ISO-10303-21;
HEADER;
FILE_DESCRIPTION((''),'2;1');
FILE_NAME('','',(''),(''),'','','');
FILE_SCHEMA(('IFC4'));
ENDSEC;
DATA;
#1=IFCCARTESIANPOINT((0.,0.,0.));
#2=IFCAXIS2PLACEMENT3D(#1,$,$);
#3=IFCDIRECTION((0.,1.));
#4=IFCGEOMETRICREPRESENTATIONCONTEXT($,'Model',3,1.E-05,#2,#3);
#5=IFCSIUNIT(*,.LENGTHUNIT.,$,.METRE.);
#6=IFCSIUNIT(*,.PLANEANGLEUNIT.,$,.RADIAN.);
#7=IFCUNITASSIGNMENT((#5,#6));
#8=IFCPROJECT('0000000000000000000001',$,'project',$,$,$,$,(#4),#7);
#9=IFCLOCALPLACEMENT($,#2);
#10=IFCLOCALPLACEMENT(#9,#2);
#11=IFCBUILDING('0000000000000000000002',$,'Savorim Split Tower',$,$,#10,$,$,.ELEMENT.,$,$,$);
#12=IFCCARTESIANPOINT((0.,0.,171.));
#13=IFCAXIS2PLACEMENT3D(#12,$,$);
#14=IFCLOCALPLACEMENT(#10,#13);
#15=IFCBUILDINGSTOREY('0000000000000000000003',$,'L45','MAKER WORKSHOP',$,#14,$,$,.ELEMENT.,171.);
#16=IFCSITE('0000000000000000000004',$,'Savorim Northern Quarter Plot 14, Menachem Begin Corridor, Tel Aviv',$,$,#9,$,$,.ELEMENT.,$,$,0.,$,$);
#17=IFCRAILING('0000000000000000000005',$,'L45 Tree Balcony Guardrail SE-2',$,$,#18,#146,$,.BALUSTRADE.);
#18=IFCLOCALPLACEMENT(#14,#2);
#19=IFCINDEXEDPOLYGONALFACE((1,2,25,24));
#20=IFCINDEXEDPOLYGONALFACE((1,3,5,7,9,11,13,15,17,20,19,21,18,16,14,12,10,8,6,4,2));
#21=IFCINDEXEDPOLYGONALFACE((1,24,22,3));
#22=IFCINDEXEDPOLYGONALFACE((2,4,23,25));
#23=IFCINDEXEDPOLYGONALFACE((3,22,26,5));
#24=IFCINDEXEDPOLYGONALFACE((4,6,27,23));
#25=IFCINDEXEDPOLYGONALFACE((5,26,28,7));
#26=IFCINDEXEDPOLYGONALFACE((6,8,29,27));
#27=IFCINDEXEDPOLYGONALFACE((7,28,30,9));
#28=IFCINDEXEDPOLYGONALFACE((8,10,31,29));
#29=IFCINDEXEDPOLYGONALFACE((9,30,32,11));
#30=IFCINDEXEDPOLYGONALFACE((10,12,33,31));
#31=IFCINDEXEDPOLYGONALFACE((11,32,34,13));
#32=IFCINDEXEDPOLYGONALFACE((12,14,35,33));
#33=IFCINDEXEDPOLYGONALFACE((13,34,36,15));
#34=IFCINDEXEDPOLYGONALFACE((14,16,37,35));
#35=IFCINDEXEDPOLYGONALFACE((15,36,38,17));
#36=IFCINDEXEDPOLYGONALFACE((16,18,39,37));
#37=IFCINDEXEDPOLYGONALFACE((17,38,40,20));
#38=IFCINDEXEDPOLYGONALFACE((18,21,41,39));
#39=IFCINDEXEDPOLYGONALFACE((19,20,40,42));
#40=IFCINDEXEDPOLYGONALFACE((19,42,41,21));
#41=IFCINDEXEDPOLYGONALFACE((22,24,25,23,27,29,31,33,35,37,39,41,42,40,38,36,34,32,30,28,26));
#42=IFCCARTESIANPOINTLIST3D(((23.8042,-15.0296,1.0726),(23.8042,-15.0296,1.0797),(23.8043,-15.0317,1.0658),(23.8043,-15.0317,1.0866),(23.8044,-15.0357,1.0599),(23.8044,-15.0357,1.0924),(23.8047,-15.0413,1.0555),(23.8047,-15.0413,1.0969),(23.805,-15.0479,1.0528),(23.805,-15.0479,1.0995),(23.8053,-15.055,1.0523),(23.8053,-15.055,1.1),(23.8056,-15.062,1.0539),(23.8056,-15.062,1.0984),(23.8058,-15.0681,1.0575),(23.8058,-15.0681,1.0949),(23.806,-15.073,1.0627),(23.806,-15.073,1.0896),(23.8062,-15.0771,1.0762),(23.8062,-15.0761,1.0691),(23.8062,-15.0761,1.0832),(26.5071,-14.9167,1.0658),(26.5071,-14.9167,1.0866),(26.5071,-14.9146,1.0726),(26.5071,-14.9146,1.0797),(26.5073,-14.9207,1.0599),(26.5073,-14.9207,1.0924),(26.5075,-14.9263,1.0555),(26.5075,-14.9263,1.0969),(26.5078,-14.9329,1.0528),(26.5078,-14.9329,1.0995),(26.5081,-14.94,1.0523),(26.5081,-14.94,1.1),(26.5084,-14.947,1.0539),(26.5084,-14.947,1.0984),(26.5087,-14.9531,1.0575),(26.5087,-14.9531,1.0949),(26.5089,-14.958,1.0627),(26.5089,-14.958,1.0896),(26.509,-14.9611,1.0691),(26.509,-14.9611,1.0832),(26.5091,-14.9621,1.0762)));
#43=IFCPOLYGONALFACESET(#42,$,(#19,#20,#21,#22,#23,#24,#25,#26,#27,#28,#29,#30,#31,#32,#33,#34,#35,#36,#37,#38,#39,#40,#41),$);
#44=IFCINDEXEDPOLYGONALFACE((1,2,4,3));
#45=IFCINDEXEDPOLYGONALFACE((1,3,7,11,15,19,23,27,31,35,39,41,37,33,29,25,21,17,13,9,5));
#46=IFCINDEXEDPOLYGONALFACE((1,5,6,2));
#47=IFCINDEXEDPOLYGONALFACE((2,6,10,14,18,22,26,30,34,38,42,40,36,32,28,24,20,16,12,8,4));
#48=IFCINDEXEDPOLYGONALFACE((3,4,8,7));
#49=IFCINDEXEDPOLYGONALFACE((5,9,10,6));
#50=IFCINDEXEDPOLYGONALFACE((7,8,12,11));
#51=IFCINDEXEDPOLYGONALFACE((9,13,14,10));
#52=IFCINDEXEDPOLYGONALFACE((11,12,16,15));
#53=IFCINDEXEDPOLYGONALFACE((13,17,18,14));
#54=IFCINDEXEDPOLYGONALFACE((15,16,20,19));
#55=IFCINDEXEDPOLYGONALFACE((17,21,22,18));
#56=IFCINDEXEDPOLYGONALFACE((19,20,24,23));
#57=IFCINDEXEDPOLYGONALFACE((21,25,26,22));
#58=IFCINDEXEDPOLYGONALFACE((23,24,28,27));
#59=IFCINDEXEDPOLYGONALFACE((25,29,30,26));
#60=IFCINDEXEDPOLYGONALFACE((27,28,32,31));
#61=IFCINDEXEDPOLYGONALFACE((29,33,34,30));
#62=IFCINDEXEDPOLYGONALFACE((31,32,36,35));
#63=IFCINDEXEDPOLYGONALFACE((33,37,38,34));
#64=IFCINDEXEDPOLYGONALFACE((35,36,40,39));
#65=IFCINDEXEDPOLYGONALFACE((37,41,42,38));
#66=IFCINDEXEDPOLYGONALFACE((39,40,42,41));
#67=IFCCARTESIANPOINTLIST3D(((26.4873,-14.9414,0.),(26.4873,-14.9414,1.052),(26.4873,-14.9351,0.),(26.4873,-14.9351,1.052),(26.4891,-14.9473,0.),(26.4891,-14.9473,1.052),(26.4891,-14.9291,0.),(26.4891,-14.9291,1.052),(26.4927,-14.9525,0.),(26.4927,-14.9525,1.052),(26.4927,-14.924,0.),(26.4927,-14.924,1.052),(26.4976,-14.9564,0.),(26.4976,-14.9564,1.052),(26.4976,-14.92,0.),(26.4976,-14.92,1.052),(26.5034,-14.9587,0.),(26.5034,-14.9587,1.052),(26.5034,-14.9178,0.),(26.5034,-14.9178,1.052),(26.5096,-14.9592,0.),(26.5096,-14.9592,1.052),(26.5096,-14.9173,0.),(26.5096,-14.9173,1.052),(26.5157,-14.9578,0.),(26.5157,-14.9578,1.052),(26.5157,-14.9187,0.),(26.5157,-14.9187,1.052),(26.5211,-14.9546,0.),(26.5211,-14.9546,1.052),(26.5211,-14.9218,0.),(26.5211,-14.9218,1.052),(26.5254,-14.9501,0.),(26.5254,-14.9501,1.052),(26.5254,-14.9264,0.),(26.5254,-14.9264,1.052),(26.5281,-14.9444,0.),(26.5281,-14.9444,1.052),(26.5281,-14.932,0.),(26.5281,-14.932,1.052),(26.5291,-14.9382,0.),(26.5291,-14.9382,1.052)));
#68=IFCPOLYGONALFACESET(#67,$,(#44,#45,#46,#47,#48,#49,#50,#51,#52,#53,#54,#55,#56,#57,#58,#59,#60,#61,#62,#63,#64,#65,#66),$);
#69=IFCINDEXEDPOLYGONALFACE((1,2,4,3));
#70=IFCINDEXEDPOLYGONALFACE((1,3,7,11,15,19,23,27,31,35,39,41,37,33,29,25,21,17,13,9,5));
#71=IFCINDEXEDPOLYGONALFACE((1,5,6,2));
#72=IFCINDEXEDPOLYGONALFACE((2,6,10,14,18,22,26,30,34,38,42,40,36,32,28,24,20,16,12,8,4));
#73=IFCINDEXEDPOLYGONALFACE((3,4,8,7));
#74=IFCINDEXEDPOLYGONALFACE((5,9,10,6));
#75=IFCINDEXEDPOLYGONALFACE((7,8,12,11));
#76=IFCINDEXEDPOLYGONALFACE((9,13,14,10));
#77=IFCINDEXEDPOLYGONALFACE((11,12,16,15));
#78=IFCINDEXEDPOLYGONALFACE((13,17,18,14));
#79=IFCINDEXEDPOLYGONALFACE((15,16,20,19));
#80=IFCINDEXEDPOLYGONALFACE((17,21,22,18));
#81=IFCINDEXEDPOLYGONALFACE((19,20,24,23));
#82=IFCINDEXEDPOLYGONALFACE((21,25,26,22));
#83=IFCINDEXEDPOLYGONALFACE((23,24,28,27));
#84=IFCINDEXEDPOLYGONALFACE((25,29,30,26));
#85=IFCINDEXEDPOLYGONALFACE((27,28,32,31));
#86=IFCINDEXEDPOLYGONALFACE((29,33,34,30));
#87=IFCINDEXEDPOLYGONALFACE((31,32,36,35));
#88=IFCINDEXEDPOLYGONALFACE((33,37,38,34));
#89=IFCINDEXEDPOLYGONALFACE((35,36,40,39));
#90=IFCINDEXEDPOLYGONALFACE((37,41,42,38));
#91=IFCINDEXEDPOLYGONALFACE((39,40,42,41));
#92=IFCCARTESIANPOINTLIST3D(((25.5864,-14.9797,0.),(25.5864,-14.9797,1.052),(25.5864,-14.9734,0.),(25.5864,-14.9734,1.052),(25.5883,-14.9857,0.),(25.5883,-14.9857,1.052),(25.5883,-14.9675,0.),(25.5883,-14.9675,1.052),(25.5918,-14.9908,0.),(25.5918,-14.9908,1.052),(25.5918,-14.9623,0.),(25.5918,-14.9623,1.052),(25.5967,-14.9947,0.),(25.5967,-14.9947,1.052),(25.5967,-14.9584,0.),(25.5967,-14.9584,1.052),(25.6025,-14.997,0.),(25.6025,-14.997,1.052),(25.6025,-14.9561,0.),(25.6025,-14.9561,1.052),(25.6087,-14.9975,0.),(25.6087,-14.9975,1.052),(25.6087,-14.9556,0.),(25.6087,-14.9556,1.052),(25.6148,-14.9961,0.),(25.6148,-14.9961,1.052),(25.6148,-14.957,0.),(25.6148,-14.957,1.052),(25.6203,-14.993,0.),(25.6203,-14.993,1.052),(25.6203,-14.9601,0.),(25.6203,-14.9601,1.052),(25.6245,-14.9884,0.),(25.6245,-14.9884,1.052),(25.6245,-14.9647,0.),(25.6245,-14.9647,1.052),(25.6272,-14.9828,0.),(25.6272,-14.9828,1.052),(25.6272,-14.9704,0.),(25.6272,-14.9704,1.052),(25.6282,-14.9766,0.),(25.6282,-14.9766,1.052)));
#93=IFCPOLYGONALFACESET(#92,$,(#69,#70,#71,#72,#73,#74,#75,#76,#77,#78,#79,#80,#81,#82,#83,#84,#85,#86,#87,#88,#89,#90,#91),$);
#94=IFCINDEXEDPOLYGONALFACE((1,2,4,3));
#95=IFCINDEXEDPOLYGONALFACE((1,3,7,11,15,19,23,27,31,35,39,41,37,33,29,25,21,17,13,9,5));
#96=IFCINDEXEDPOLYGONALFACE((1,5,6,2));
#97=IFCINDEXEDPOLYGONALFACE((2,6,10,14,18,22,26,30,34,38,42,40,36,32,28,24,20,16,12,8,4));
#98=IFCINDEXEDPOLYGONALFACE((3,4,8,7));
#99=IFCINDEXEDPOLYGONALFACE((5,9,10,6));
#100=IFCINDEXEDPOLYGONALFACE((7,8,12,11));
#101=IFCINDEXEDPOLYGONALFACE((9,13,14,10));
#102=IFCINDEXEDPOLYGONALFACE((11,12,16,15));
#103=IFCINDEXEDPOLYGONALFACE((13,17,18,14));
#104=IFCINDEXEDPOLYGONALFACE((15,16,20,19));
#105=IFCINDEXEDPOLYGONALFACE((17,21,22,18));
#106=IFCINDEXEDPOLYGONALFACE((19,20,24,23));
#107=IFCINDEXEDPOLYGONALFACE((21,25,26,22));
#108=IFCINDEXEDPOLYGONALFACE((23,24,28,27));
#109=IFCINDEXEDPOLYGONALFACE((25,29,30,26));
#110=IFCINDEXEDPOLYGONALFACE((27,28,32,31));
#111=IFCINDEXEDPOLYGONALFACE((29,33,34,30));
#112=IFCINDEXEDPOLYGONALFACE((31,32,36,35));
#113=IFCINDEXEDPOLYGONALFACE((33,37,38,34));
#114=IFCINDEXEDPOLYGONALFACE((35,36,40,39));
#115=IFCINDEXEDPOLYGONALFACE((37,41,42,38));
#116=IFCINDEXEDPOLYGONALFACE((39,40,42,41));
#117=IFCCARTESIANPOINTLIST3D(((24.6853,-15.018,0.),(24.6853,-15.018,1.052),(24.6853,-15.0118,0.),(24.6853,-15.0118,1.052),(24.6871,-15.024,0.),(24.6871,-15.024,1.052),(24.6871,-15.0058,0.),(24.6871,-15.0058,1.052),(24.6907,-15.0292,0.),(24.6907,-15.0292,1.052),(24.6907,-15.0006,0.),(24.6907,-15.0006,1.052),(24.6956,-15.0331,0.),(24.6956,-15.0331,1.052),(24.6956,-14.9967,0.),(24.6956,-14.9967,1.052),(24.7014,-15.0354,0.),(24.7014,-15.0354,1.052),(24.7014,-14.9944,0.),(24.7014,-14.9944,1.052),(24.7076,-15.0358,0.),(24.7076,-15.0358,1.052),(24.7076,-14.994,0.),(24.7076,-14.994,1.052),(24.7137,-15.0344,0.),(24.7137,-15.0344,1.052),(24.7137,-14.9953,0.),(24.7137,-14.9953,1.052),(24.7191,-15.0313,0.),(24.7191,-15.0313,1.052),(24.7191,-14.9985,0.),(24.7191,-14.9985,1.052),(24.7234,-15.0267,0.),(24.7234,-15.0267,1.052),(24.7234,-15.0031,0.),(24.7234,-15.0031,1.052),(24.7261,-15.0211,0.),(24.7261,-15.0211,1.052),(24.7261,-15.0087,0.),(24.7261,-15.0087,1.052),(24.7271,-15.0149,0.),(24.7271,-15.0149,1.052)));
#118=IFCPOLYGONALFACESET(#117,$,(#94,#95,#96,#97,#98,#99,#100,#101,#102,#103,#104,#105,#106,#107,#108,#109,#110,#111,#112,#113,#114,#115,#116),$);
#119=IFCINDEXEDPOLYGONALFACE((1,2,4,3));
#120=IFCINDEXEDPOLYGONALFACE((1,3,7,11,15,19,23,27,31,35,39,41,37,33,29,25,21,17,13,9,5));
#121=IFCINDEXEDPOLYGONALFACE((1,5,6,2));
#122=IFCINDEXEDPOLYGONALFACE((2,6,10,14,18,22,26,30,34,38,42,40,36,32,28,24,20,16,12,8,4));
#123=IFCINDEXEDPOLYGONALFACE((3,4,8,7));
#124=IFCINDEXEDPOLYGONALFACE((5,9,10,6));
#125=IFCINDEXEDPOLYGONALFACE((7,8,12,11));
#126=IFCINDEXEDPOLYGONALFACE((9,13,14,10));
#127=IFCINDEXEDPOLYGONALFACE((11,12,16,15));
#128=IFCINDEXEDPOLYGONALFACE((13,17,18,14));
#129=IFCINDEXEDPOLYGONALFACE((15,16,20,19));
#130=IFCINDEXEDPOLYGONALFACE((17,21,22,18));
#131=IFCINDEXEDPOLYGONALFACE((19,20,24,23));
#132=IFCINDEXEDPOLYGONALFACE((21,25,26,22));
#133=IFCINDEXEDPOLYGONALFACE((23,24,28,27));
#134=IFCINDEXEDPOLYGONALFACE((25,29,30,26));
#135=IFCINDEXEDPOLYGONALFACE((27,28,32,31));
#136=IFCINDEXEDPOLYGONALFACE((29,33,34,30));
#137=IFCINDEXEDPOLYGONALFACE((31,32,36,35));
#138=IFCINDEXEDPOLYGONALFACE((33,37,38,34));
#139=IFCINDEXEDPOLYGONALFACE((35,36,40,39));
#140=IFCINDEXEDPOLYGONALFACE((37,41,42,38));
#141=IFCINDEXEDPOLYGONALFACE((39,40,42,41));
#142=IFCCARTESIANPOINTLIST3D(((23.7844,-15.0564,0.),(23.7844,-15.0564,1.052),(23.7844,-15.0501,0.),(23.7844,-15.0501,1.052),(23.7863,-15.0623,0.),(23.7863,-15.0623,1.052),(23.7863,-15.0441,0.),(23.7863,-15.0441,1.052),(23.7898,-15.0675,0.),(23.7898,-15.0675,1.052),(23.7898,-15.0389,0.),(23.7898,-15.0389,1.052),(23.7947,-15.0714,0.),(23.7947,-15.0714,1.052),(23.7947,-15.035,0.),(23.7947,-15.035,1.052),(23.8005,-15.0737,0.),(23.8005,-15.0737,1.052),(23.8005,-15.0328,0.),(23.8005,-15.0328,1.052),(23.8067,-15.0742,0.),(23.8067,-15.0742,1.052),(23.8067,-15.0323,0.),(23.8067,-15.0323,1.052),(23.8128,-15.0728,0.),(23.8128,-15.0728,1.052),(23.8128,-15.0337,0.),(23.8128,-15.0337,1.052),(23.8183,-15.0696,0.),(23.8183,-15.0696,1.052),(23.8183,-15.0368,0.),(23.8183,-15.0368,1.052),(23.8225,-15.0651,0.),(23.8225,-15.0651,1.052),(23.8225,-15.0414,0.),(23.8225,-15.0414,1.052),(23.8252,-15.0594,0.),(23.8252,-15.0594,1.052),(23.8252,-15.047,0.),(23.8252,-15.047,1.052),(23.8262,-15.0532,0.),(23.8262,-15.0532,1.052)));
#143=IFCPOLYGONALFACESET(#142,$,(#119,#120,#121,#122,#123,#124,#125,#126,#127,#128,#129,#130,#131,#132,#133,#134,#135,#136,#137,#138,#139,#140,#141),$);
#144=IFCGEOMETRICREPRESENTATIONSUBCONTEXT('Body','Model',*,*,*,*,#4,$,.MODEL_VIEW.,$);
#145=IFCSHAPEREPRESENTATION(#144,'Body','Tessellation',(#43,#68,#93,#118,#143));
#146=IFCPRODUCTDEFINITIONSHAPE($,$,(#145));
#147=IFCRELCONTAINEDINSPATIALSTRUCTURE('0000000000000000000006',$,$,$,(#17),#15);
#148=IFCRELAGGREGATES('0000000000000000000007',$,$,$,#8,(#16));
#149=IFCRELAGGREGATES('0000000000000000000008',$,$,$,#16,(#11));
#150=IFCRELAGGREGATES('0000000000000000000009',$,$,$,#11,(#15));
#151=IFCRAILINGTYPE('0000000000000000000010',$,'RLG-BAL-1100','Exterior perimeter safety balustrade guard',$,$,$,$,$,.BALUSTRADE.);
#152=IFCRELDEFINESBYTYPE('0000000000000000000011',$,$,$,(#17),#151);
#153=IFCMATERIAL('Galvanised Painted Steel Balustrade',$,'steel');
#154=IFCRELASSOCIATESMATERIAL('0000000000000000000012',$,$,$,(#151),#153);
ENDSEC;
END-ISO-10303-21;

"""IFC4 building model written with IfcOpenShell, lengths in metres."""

from ifc_helpers import new_model, si_unit, direction, frame, origin, origin_2d, place, context, subcontext, project, spatial, circle, extrude, material, type_object, element, save


model = new_model("IFC4")

# Units and contexts
model_context = context("Model", 3, precision=1e-05, world=origin(), true_north=direction((0.0, 1.0)))
body_context = subcontext(model_context, "Body", "Model", "MODEL_VIEW")
ifc_project = project(units=[si_unit("LENGTHUNIT", "METRE"), si_unit("PLANEANGLEUNIT", "RADIAN")], contexts=[model_context])

# Site, building, storey
site_placement = place(None, origin())
site = spatial("IfcSite", under=ifc_project, at=site_placement, Name="Savorim Northern Quarter Plot 14, Menachem Begin Corridor, Tel Aviv", CompositionType="ELEMENT", RefElevation=0.0)
building_placement = place(site_placement, origin())
building = spatial("IfcBuilding", under=site, at=building_placement, Name="Savorim Split Tower", CompositionType="ELEMENT")
storey_placement = place(building_placement, frame((0.0, 0.0, 171.0)))
storey = spatial("IfcBuildingStorey", under=building, at=storey_placement, Name="L45", Description="MAKER WORKSHOP", CompositionType="ELEMENT", Elevation=171.0)

# Railing
ifc_material_1 = material(Name="Galvanised Painted Steel Balustrade", Category="steel")
railing_type = type_object("IfcRailingType", Name="RLG-BAL-1100", Description="Exterior perimeter safety balustrade guard", PredefinedType="BALUSTRADE", material=ifc_material_1)
railing_1_placement = place(storey_placement, frame((26.5081, -14.9382, 0.0)))
element("IfcRailing", 1, at=railing_1_placement, inside=storey, type_object=railing_type, Name="L45 Tree Balcony Guardrail SE-2", PredefinedType="BALUSTRADE", context=body_context, shape_type="SweptSolid", body=[
    extrude(circle(Radius=0.0239, at=origin_2d()), frame((0.0, 0.0, 1.0762), z_axis=(-0.999096, -0.042505, 0.0), x_axis=(0.042505, -0.999096, 0.0)), (0.0, 0.0, 1.0), 2.7053),
    extrude(circle(Radius=0.021, at=origin_2d()), origin(), (0.0, 0.0, 1.0), 1.052),
    extrude(circle(Radius=0.021, at=origin_2d()), frame((-0.9009, -0.0383, 0.0)), (0.0, 0.0, 1.0), 1.052),
    extrude(circle(Radius=0.021, at=origin_2d()), frame((-1.802, -0.0767, 0.0)), (0.0, 0.0, 1.0), 1.052),
    extrude(circle(Radius=0.021, at=origin_2d()), frame((-2.7029, -0.115, 0.0)), (0.0, 0.0, 1.0), 1.052),
])

save(model, "model.ifc")
